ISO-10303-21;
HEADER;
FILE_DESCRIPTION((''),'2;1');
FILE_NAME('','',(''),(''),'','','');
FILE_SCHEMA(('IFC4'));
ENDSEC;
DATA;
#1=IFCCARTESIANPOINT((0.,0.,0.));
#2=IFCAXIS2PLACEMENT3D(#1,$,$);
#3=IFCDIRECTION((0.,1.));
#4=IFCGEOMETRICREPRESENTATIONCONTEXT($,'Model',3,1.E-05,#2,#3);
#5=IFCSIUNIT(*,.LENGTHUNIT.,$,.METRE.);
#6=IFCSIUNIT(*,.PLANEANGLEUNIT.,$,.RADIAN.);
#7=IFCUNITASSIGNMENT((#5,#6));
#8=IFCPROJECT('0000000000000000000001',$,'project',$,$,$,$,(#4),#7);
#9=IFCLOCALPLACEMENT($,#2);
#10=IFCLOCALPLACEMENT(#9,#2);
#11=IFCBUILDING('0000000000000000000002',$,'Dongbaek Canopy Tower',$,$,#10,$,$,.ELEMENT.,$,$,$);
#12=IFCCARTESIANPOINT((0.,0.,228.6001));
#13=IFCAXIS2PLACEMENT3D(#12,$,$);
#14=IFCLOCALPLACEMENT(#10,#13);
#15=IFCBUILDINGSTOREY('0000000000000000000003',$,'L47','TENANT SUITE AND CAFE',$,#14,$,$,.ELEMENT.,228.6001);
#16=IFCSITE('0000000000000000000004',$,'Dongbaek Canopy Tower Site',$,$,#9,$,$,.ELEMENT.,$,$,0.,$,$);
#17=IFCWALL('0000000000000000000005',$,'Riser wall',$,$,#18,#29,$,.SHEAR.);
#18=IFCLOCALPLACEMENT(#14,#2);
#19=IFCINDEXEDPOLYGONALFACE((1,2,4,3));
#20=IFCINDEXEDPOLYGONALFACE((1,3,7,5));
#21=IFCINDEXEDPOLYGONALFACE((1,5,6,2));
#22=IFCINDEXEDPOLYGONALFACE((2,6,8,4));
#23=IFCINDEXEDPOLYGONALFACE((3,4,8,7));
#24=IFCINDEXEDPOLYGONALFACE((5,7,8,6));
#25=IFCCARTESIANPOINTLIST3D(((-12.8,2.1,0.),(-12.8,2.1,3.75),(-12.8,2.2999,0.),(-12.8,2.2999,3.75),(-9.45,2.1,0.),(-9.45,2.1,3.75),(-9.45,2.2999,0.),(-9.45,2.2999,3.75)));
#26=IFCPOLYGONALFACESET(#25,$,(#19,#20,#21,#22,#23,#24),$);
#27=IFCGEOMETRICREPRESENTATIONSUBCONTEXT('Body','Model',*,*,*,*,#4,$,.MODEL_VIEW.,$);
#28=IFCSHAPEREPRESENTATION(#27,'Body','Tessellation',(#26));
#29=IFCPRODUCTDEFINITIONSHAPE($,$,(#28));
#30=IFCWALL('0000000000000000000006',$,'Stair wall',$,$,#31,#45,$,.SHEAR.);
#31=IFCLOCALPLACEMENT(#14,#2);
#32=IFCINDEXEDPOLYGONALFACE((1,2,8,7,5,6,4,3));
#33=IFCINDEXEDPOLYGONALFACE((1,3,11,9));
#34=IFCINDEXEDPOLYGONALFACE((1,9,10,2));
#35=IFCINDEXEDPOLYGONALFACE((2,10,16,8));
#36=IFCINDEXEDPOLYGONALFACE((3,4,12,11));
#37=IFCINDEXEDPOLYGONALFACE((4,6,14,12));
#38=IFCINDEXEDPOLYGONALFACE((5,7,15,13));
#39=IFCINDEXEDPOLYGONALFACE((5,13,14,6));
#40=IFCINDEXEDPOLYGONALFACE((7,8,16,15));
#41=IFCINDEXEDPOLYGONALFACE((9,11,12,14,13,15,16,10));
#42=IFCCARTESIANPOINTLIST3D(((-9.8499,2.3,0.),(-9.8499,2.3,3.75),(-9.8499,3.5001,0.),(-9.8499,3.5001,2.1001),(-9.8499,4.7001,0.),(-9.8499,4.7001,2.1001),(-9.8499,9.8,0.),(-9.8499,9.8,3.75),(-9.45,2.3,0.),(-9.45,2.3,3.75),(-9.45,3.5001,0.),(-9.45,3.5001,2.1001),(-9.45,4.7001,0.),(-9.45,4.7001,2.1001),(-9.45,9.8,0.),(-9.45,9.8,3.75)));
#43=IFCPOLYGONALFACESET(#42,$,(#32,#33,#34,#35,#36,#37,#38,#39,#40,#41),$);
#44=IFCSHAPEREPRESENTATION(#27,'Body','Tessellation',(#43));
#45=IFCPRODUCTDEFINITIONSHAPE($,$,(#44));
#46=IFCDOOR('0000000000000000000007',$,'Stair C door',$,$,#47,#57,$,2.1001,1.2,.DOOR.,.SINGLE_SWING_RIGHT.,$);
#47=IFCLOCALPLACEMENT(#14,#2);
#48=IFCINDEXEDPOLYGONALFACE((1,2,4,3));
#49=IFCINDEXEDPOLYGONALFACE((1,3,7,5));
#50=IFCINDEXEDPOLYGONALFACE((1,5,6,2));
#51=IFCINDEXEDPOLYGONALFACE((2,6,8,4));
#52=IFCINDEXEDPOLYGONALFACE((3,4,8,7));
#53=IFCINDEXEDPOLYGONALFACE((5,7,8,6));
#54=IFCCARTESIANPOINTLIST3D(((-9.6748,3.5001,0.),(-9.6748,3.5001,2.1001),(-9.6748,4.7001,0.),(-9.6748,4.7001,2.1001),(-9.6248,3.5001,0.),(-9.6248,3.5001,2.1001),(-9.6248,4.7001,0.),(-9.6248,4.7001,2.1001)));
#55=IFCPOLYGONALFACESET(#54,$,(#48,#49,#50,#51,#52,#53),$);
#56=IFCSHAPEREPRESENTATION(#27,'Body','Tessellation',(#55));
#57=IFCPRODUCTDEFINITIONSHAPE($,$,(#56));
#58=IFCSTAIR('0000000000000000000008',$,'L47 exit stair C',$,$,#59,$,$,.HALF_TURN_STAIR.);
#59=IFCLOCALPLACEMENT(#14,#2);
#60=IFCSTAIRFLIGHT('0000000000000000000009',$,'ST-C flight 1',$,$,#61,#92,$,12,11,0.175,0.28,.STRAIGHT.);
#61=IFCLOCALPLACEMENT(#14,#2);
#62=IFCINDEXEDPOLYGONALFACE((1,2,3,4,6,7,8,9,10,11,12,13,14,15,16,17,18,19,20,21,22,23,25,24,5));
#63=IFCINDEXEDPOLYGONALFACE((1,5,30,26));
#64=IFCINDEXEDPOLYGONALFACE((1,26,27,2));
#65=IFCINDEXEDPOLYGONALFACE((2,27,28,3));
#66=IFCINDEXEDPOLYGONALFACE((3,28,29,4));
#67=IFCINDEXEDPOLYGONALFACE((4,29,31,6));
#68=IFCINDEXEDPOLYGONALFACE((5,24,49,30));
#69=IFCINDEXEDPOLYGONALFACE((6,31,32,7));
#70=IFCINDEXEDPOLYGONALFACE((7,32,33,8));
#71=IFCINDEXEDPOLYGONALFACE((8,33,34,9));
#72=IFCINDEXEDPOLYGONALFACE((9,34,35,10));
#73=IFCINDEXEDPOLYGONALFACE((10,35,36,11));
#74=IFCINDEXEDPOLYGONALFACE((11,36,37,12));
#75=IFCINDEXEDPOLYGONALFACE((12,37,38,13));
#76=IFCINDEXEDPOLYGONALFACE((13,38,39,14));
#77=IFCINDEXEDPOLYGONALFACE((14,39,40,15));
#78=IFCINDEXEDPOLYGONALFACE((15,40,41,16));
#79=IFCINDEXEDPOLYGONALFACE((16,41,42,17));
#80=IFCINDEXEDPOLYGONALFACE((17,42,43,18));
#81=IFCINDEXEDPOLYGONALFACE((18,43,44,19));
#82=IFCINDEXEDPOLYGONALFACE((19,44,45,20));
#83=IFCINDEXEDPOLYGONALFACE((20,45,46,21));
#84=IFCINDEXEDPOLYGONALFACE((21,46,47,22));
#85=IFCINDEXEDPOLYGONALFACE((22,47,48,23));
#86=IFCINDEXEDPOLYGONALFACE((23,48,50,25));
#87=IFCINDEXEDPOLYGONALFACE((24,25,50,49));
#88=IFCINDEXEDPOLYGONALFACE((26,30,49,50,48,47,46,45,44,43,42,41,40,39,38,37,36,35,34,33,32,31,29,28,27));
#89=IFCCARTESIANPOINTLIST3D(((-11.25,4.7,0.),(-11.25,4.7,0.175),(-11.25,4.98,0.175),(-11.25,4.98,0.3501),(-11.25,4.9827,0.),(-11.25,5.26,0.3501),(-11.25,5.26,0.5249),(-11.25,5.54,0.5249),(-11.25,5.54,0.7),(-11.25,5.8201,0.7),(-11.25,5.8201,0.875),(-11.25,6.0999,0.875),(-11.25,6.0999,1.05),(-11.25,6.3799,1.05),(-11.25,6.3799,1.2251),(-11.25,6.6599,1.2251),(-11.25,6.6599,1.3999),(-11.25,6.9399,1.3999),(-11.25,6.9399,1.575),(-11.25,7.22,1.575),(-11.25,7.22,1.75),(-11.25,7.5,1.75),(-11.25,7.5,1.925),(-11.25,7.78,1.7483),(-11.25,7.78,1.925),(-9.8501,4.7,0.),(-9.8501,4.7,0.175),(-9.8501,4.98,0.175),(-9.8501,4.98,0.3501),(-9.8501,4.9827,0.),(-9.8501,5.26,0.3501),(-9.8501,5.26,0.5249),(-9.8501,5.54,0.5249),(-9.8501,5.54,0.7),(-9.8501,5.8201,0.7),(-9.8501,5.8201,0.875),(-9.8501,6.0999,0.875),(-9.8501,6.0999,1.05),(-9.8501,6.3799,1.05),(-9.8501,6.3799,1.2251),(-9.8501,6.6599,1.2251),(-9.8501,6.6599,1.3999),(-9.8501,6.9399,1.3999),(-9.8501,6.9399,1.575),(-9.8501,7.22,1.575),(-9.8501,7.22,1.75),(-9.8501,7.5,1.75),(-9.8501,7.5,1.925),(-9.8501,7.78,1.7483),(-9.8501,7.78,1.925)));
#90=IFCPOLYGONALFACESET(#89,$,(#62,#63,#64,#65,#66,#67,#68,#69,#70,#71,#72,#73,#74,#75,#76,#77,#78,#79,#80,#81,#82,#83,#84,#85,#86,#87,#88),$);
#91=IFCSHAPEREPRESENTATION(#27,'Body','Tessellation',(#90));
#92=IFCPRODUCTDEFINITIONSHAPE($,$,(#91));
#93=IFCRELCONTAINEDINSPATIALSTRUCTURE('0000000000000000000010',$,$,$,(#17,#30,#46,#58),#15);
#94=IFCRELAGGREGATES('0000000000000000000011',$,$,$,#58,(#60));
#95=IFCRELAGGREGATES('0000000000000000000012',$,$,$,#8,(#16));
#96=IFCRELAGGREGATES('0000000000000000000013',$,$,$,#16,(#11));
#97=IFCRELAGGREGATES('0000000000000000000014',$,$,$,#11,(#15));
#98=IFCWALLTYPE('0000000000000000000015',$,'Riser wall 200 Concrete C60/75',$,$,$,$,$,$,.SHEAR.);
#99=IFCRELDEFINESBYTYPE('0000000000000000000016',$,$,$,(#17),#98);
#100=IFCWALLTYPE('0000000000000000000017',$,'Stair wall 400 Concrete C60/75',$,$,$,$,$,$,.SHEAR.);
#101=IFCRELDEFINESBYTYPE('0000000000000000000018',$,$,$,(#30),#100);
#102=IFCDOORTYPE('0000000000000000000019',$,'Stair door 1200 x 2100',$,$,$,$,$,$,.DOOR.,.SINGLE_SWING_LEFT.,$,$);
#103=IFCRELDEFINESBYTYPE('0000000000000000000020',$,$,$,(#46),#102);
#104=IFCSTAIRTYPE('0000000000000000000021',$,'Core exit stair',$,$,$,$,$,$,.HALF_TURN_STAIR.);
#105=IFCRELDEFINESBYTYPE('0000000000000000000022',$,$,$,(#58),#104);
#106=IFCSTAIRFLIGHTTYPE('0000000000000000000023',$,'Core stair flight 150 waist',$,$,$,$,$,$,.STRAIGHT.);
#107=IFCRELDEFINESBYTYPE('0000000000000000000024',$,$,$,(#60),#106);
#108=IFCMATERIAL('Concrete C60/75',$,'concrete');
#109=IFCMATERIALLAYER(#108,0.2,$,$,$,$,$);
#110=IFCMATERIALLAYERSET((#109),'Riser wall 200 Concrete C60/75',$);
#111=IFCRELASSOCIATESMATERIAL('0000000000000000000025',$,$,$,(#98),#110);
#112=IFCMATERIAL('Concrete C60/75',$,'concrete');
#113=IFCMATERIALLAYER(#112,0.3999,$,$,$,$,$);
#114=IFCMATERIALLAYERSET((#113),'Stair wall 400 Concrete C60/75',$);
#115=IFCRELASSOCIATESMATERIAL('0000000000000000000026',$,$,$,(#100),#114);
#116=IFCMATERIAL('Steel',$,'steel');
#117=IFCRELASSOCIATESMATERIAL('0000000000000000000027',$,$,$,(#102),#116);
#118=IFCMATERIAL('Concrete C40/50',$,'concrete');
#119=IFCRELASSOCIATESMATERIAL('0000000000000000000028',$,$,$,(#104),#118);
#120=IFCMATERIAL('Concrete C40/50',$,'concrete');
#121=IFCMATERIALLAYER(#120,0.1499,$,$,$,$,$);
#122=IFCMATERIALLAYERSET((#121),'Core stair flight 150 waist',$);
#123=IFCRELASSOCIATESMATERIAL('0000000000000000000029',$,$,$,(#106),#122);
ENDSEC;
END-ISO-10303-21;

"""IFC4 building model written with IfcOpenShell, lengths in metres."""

from ifc_helpers import new_model, si_unit, direction, frame, frame_2d, origin, place, context, subcontext, project, spatial, polyline, rectangle, outline, extrude, material, layer, layer_set, type_object, element, fill, aggregate, save


model = new_model("IFC4")

# Units and contexts
model_context = context("Model", 3, precision=1e-05, world=origin(), true_north=direction((0.0, 1.0)))
body_context = subcontext(model_context, "Body", "Model", "MODEL_VIEW")
ifc_project = project(units=[si_unit("LENGTHUNIT", "METRE"), si_unit("PLANEANGLEUNIT", "RADIAN")], contexts=[model_context])

# Site, building, storey
site_placement = place(None, origin())
site = spatial("IfcSite", under=ifc_project, at=site_placement, Name="Dongbaek Canopy Tower Site", CompositionType="ELEMENT", RefElevation=0.0)
building_placement = place(site_placement, origin())
building = spatial("IfcBuilding", under=site, at=building_placement, Name="Dongbaek Canopy Tower", CompositionType="ELEMENT")
storey_placement = place(building_placement, frame((0.0, 0.0, 228.6001)))
storey = spatial("IfcBuildingStorey", under=building, at=storey_placement, Name="L47", Description="TENANT SUITE AND CAFE", CompositionType="ELEMENT", Elevation=228.6001)

# Wall
ifc_material_1 = material(Name="Concrete C60/75", Category="concrete")
ifc_layer_1 = layer(ifc_material_1, 0.2)
ifc_layer_set_1 = layer_set([ifc_layer_1], Name="Riser wall 200 Concrete C60/75")
wall_type_1 = type_object("IfcWallType", Name="Riser wall 200 Concrete C60/75", PredefinedType="SHEAR", material=ifc_layer_set_1)
wall_1_placement = place(storey_placement, frame((-9.45, 2.2, 0.0), z_axis=(0.0, 0.0, 1.0), x_axis=(-1.0, 0.0, 0.0)))
element("IfcWall", 1, at=wall_1_placement, inside=storey, type_object=wall_type_1, Name="Riser wall", PredefinedType="SHEAR", context=body_context, shape_type="SweptSolid", body=[
    extrude(rectangle(XDim=3.3501, YDim=0.2, at=frame_2d((1.675, 0.0))), origin(), (0.0, 0.0, 1.0), 3.75),
])

# Wall, opening, door
ifc_material_2 = material(Name="Concrete C60/75", Category="concrete")
ifc_layer_2 = layer(ifc_material_2, 0.3999)
ifc_layer_set_2 = layer_set([ifc_layer_2], Name="Stair wall 400 Concrete C60/75")
wall_type_2 = type_object("IfcWallType", Name="Stair wall 400 Concrete C60/75", PredefinedType="SHEAR", material=ifc_layer_set_2)
wall_2_placement = place(storey_placement, frame((-9.6499, 2.3, 0.0), z_axis=(0.0, 0.0, 1.0), x_axis=(0.0, 1.0, 0.0)))
wall_2 = element("IfcWall", 2, at=wall_2_placement, inside=storey, type_object=wall_type_2, Name="Stair wall", PredefinedType="SHEAR", context=body_context, shape_type="SweptSolid", body=[
    extrude(rectangle(XDim=7.5, YDim=0.3999, at=frame_2d((3.75, 0.0))), origin(), (0.0, 0.0, 1.0), 3.75),
])
opening_1_placement = place(wall_2_placement, frame((1.2, 0.0, 0.0)))
opening_1 = element("IfcOpeningElement", 3, at=opening_1_placement, cuts=wall_2, PredefinedType="OPENING", context=body_context, shape_type="SweptSolid", body=[
    extrude(rectangle(XDim=1.2, YDim=2.1001, at=frame_2d((0.6001, 1.05))), frame((0.0, 0.21, 0.0), z_axis=(0.0, -1.0, 0.0), x_axis=(1.0, 0.0, 0.0)), (0.0, 0.0, 1.0), 0.4199),
])
ifc_material_3 = material(Name="Steel", Category="steel")
door_type_1 = type_object("IfcDoorType", Name="Stair door 1200 x 2100", OperationType="SINGLE_SWING_LEFT", PredefinedType="DOOR", material=ifc_material_3)
door_1_placement = place(opening_1_placement, origin())
door_1 = element("IfcDoor", 4, at=door_1_placement, inside=storey, type_object=door_type_1, Name="Stair C door", OperationType="SINGLE_SWING_RIGHT", OverallHeight=2.1001, OverallWidth=1.2, PredefinedType="DOOR", context=body_context, shape_type="SweptSolid", body=[
    extrude(rectangle(XDim=1.2, YDim=2.1001, at=frame_2d((0.6001, 1.05))), frame((0.0, 0.0249, 0.0), z_axis=(0.0, -1.0, 0.0), x_axis=(1.0, 0.0, 0.0)), (0.0, 0.0, 1.0), 0.05),
])
fill(opening_1, door_1)

# Stair, stair flight
ifc_material_4 = material(Name="Concrete C40/50", Category="concrete")
stair_type = type_object("IfcStairType", Name="Core exit stair", PredefinedType="HALF_TURN_STAIR", material=ifc_material_4)
stair_placement = place(storey_placement, origin())
stair = element("IfcStair", 5, at=stair_placement, inside=storey, type_object=stair_type, Name="L47 exit stair C", PredefinedType="HALF_TURN_STAIR")
ifc_material_5 = material(Name="Concrete C40/50", Category="concrete")
ifc_layer_3 = layer(ifc_material_5, 0.1499)
ifc_layer_set_3 = layer_set([ifc_layer_3], Name="Core stair flight 150 waist")
stair_flight_type = type_object("IfcStairFlightType", Name="Core stair flight 150 waist", PredefinedType="STRAIGHT", material=ifc_layer_set_3)
stair_flight_placement = place(storey_placement, frame((-10.55, 4.7, 0.0), z_axis=(0.0, 0.0, 1.0), x_axis=(0.0, 1.0, 0.0)))
stair_flight = element("IfcStairFlight", 6, at=stair_flight_placement, type_object=stair_flight_type, Name="ST-C flight 1", NumberOfRisers=12, NumberOfTreads=11, PredefinedType="STRAIGHT", RiserHeight=0.175, TreadLength=0.28, context=body_context, shape_type="SweptSolid", body=[
    extrude(outline(polyline([(0.0, 0.0), (0.0, 0.175), (0.28, 0.175), (0.28, 0.3501), (0.5601, 0.3501), (0.5601, 0.5249), (0.8401, 0.5249), (0.8401, 0.7), (1.1201, 0.7), (1.1201, 0.875), (1.3999, 0.875), (1.3999, 1.05), (1.6799, 1.05), (1.6799, 1.2251), (1.96, 1.2251), (1.96, 1.3999), (2.24, 1.3999), (2.24, 1.575), (2.52, 1.575), (2.52, 1.75), (2.8, 1.75), (2.8, 1.925), (3.0801, 1.925), (3.0801, 2.1001), (3.0801, 1.7483), (0.2827, 0.0), (0.0, 0.0)])), frame((0.0, 0.7, 0.0), z_axis=(0.0, -1.0, 0.0), x_axis=(1.0, 0.0, 0.0)), (0.0, 0.0, 1.0), 1.3999),
])
aggregate(stair, [stair_flight])

save(model, "model.ifc")
